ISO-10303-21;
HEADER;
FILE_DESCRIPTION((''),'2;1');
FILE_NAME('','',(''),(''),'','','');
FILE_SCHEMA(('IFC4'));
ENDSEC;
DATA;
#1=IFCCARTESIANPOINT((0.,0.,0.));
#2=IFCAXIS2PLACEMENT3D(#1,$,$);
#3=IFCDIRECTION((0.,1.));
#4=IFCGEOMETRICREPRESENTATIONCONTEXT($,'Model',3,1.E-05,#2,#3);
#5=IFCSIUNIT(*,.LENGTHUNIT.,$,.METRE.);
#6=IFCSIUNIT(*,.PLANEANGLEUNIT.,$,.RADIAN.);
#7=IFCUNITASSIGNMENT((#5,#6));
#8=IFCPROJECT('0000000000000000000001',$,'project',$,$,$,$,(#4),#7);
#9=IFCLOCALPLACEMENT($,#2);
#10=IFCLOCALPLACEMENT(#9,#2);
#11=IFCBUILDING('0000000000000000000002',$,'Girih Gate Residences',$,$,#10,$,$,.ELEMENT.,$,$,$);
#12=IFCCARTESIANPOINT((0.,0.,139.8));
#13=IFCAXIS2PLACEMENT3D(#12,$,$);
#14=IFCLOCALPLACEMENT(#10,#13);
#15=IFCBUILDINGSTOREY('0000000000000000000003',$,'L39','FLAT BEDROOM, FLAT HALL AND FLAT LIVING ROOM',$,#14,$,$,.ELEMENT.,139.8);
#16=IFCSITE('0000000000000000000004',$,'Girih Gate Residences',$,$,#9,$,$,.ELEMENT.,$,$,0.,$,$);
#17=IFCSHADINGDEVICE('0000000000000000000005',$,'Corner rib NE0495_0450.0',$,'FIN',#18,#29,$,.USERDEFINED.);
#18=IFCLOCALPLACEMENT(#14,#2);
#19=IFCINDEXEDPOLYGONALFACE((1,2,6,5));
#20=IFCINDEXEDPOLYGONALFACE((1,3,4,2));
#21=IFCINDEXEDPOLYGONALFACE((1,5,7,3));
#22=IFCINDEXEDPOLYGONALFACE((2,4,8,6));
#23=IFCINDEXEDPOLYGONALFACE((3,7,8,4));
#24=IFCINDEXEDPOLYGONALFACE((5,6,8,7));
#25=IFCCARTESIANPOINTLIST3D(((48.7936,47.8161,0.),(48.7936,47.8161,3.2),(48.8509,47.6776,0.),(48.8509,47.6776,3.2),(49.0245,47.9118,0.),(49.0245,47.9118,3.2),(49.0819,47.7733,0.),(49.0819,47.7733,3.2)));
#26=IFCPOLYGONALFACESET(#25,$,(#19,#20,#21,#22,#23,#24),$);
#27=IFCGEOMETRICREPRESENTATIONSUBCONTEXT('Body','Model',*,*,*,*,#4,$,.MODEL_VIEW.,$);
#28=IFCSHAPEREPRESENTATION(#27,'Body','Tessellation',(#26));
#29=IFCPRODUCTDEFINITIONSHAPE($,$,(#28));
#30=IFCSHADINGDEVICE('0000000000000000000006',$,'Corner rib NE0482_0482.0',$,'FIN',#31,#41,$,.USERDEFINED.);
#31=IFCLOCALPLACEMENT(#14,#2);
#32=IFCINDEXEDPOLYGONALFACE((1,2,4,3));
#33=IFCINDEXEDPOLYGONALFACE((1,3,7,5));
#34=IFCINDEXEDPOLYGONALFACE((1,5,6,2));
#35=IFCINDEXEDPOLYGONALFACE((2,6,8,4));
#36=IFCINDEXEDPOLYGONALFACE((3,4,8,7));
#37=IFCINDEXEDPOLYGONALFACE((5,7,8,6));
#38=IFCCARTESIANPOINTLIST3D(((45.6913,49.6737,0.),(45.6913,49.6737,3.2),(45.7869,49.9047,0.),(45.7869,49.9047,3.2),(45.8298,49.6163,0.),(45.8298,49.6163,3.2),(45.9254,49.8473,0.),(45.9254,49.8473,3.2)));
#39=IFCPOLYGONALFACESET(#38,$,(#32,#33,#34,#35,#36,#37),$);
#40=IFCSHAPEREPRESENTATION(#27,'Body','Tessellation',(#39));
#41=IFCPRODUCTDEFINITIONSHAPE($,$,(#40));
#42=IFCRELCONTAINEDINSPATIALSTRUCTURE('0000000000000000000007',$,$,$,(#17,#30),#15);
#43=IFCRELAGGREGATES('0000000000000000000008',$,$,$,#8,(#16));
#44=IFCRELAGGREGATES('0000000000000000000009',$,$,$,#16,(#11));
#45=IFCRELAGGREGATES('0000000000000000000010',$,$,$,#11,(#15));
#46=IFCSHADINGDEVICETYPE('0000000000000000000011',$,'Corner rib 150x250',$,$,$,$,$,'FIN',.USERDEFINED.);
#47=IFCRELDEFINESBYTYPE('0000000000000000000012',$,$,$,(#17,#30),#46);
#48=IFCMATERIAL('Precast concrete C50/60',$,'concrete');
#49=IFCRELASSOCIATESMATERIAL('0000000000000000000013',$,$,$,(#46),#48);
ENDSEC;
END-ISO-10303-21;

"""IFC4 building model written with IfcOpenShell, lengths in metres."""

from ifc_helpers import new_model, si_unit, direction, frame, origin, origin_2d, place, context, subcontext, project, spatial, rectangle, extrude, material, type_object, element, save


model = new_model("IFC4")

# Units and contexts
model_context = context("Model", 3, precision=1e-05, world=origin(), true_north=direction((0.0, 1.0)))
body_context = subcontext(model_context, "Body", "Model", "MODEL_VIEW")
ifc_project = project(units=[si_unit("LENGTHUNIT", "METRE"), si_unit("PLANEANGLEUNIT", "RADIAN")], contexts=[model_context])

# Site, building, storey
site_placement = place(None, origin())
site = spatial("IfcSite", under=ifc_project, at=site_placement, Name="Girih Gate Residences", CompositionType="ELEMENT", RefElevation=0.0)
building_placement = place(site_placement, origin())
building = spatial("IfcBuilding", under=site, at=building_placement, Name="Girih Gate Residences", CompositionType="ELEMENT")
storey_placement = place(building_placement, frame((0.0, 0.0, 139.8)))
storey = spatial("IfcBuildingStorey", under=building, at=storey_placement, Name="L39", Description="FLAT BEDROOM, FLAT HALL AND FLAT LIVING ROOM", CompositionType="ELEMENT", Elevation=139.8)

# Shared definitions
ifc_material_1 = material(Name="Precast concrete C50/60", Category="concrete")

# Shading devices
shading_device_type = type_object("IfcShadingDeviceType", Name="Corner rib 150x250", ElementType="FIN", PredefinedType="USERDEFINED", material=ifc_material_1)
for number, where, z_axis, x_axis, name in (
    (1, (48.9377, 47.7947, 0.0), (0.0, 0.0, 1.0), (-0.382683, 0.92388, 0.0), "Corner rib NE0495_0450.0"),
    (2, (45.8083, 49.7605, 0.0), (0.0, 0.0, 1.0), (-0.92388, 0.382683, 0.0), "Corner rib NE0482_0482.0"),
):
    element("IfcShadingDevice", number, at=place(storey_placement, frame(where, z_axis=z_axis, x_axis=x_axis)), inside=storey, type_object=shading_device_type, Name=name, ObjectType="FIN", PredefinedType="USERDEFINED", context=body_context, shape_type="SweptSolid", body=[
        extrude(rectangle(XDim=0.1499, YDim=0.25, at=origin_2d()), origin(), (0.0, 0.0, 1.0), 3.2),
    ])

save(model, "model.ifc")
